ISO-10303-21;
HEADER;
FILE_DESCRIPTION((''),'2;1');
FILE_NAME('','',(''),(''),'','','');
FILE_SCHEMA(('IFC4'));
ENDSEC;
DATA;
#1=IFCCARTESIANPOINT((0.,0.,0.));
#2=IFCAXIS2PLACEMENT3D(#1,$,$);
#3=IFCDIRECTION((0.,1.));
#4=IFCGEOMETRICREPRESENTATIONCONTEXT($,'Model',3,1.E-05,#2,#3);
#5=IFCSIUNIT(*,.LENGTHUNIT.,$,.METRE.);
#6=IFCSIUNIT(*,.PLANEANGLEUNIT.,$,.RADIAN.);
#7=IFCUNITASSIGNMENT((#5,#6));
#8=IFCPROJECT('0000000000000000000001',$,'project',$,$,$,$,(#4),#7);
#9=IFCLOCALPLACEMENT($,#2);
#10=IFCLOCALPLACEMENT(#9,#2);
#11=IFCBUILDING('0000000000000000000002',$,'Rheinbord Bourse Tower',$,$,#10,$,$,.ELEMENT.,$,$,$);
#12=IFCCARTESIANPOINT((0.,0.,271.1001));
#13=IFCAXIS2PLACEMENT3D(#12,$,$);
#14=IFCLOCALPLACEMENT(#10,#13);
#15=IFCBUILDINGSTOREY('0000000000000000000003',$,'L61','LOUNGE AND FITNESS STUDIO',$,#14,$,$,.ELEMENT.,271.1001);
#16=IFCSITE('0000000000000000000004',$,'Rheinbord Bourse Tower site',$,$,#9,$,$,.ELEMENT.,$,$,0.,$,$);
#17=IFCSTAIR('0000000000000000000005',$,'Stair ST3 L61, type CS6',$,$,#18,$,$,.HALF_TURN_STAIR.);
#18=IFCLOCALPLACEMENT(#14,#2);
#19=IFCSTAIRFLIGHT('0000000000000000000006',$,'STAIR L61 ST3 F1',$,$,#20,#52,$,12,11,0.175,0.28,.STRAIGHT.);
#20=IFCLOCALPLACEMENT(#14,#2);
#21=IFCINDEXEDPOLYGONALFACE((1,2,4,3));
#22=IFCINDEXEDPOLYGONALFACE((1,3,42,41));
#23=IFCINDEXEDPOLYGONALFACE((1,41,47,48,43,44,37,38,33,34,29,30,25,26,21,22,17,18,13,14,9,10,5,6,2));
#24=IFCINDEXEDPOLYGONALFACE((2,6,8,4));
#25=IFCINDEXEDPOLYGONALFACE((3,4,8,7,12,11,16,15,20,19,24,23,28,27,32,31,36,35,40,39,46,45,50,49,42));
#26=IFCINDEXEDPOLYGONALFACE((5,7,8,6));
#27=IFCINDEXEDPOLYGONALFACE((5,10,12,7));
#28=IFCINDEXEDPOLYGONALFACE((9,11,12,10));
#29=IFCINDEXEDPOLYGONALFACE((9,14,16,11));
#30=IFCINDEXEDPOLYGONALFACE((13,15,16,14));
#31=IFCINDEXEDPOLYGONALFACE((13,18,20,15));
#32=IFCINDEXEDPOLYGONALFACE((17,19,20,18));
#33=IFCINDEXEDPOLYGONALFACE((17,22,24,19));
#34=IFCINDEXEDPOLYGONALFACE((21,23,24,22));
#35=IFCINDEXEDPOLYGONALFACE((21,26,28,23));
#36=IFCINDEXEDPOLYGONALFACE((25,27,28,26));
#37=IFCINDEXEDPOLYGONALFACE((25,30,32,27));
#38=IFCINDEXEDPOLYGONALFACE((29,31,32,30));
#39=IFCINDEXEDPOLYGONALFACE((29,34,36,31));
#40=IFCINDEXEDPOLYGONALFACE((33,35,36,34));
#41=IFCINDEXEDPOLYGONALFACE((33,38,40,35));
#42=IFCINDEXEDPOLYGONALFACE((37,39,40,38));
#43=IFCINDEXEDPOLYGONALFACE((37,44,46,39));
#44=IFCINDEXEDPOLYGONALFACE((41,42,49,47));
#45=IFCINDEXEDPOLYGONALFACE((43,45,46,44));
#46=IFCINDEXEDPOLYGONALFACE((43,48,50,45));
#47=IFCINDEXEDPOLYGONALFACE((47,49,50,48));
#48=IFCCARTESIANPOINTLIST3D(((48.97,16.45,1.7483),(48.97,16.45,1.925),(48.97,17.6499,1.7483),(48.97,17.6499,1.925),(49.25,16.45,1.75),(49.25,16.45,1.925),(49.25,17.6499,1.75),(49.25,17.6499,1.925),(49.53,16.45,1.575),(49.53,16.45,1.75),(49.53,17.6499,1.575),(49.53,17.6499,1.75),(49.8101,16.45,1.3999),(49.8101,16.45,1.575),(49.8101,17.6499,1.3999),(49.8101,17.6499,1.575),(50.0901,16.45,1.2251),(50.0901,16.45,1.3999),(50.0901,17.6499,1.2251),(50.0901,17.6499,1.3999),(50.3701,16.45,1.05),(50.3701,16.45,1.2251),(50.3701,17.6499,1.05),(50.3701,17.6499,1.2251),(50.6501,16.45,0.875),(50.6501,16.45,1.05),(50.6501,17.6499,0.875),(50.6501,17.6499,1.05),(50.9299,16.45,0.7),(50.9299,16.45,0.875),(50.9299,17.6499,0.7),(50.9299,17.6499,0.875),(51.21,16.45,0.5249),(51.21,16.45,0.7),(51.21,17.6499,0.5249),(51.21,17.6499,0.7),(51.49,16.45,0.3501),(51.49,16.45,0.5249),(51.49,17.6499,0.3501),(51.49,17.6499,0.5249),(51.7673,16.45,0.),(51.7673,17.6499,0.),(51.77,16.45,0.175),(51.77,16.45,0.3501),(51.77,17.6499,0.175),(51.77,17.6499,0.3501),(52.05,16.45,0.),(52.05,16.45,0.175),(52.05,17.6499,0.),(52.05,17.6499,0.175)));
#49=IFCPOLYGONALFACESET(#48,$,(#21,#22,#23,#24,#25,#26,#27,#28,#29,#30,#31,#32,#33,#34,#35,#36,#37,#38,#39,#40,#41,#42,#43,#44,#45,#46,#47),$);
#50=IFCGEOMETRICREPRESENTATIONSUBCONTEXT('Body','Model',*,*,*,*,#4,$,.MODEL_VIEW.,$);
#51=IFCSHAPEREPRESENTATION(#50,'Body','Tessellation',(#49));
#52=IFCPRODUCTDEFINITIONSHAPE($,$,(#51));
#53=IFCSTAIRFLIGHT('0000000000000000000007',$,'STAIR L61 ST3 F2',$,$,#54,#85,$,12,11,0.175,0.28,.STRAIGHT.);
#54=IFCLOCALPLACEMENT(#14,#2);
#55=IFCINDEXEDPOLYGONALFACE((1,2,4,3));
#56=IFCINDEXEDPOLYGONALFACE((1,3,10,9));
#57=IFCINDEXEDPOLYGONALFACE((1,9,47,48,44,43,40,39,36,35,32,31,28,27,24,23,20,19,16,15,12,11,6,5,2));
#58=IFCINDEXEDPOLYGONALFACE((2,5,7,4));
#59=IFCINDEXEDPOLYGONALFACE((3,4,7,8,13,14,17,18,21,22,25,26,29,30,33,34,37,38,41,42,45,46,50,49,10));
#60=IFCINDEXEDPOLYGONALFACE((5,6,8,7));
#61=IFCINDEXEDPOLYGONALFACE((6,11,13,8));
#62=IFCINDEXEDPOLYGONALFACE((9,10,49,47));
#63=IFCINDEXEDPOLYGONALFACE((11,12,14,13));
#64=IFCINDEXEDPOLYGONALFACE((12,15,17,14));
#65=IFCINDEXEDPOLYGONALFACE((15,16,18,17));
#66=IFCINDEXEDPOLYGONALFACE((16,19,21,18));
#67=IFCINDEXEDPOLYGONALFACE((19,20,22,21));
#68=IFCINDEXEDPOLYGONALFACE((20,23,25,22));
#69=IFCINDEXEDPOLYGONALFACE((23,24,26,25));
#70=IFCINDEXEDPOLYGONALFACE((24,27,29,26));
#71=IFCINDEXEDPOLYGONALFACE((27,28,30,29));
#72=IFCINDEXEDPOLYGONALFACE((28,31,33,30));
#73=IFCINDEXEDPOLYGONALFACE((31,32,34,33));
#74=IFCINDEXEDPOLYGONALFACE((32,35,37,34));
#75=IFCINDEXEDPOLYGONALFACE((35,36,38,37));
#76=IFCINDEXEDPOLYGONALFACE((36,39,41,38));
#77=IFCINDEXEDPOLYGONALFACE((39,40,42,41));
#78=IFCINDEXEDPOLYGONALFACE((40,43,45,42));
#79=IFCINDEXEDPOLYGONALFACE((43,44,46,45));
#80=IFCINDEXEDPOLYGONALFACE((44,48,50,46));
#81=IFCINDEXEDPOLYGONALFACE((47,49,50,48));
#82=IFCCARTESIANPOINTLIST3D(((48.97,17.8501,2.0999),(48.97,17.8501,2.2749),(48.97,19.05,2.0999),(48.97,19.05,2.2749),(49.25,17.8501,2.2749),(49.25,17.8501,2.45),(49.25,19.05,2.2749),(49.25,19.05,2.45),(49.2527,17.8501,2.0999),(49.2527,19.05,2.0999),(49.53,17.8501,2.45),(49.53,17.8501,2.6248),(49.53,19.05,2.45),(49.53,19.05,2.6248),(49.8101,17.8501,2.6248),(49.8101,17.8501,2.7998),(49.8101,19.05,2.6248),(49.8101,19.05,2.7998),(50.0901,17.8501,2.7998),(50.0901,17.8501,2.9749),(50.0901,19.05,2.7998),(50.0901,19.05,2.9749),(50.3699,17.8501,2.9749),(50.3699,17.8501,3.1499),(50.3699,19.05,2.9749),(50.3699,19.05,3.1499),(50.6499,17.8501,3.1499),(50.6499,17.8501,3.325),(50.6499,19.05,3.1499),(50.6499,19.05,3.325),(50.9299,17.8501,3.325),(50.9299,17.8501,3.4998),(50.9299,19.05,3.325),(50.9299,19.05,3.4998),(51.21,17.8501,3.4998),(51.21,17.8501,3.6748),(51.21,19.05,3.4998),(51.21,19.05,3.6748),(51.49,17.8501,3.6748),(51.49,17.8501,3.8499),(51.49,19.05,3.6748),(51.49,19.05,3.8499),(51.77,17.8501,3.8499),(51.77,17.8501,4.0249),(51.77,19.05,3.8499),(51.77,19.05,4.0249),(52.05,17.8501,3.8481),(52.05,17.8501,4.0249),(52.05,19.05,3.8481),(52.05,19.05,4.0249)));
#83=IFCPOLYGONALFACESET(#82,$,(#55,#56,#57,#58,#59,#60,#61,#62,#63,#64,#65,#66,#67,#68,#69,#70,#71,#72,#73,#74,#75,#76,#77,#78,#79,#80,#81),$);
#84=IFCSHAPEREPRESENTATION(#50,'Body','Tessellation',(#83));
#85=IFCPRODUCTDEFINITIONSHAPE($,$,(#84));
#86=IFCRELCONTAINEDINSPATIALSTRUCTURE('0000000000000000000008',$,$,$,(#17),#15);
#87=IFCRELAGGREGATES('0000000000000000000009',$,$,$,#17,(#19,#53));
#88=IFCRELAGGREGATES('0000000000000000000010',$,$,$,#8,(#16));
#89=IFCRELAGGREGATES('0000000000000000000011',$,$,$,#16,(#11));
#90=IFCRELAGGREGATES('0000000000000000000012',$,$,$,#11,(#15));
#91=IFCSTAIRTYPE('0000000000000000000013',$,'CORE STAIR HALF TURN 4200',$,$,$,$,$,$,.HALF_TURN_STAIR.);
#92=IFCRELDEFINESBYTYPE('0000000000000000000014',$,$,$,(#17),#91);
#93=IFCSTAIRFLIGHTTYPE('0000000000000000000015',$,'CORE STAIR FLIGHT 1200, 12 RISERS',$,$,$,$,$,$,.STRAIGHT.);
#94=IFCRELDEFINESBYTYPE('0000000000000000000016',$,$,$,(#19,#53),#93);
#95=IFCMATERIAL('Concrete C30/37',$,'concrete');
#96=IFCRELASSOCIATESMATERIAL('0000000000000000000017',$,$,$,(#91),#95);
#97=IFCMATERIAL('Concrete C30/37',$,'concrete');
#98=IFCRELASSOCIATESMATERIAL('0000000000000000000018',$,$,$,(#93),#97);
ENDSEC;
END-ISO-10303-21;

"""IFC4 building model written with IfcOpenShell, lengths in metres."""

from ifc_helpers import new_model, si_unit, direction, frame, origin, place, context, subcontext, project, spatial, polyline, outline, extrude, material, type_object, element, aggregate, save


model = new_model("IFC4")

# Units and contexts
model_context = context("Model", 3, precision=1e-05, world=origin(), true_north=direction((0.0, 1.0)))
body_context = subcontext(model_context, "Body", "Model", "MODEL_VIEW")
ifc_project = project(units=[si_unit("LENGTHUNIT", "METRE"), si_unit("PLANEANGLEUNIT", "RADIAN")], contexts=[model_context])

# Site, building, storey
site_placement = place(None, origin())
site = spatial("IfcSite", under=ifc_project, at=site_placement, Name="Rheinbord Bourse Tower site", CompositionType="ELEMENT", RefElevation=0.0)
building_placement = place(site_placement, origin())
building = spatial("IfcBuilding", under=site, at=building_placement, Name="Rheinbord Bourse Tower", CompositionType="ELEMENT")
storey_placement = place(building_placement, frame((0.0, 0.0, 271.1001)))
storey = spatial("IfcBuildingStorey", under=building, at=storey_placement, Name="L61", Description="LOUNGE AND FITNESS STUDIO", CompositionType="ELEMENT", Elevation=271.1001)

# Stair, stair flights
ifc_material_1 = material(Name="Concrete C30/37", Category="concrete")
stair_type = type_object("IfcStairType", Name="CORE STAIR HALF TURN 4200", PredefinedType="HALF_TURN_STAIR", material=ifc_material_1)
stair_placement = place(storey_placement, origin())
stair = element("IfcStair", 1, at=stair_placement, inside=storey, type_object=stair_type, Name="Stair ST3 L61, type CS6", PredefinedType="HALF_TURN_STAIR")
ifc_material_2 = material(Name="Concrete C30/37", Category="concrete")
stair_flight_type = type_object("IfcStairFlightType", Name="CORE STAIR FLIGHT 1200, 12 RISERS", PredefinedType="STRAIGHT", material=ifc_material_2)
stair_flight_1_placement = place(storey_placement, frame((52.05, 17.05, 0.0), z_axis=(0.0, 0.0, 1.0), x_axis=(-1.0, 0.0, 0.0)))
stair_flight_1 = element("IfcStairFlight", 2, at=stair_flight_1_placement, type_object=stair_flight_type, Name="STAIR L61 ST3 F1", NumberOfRisers=12, NumberOfTreads=11, PredefinedType="STRAIGHT", RiserHeight=0.175, TreadLength=0.28, context=body_context, shape_type="SweptSolid", body=[
    extrude(outline(polyline([(0.0, 0.0), (0.0, 0.175), (0.28, 0.175), (0.28, 0.3501), (0.5601, 0.3501), (0.5601, 0.5249), (0.8401, 0.5249), (0.8401, 0.7), (1.1201, 0.7), (1.1201, 0.875), (1.3999, 0.875), (1.3999, 1.05), (1.6799, 1.05), (1.6799, 1.2251), (1.96, 1.2251), (1.96, 1.3999), (2.24, 1.3999), (2.24, 1.575), (2.52, 1.575), (2.52, 1.75), (2.8, 1.75), (2.8, 1.925), (3.0801, 1.925), (3.0801, 2.1001), (3.0801, 1.7483), (0.2827, 0.0), (0.0, 0.0)])), frame((0.0, 0.6001, 0.0), z_axis=(0.0, -1.0, 0.0), x_axis=(1.0, 0.0, 0.0)), (0.0, 0.0, 1.0), 1.2),
])
stair_flight_2_placement = place(storey_placement, frame((48.97, 18.45, 2.0999), z_axis=(0.0, 0.0, 1.0), x_axis=(1.0, 0.0, 0.0)))
stair_flight_2 = element("IfcStairFlight", 3, at=stair_flight_2_placement, type_object=stair_flight_type, Name="STAIR L61 ST3 F2", NumberOfRisers=12, NumberOfTreads=11, PredefinedType="STRAIGHT", RiserHeight=0.175, TreadLength=0.28, context=body_context, shape_type="SweptSolid", body=[
    extrude(outline(polyline([(0.0, 0.0), (0.0, 0.175), (0.28, 0.175), (0.28, 0.3501), (0.5601, 0.3501), (0.5601, 0.5249), (0.8401, 0.5249), (0.8401, 0.7), (1.1201, 0.7), (1.1201, 0.875), (1.3999, 0.875), (1.3999, 1.05), (1.6799, 1.05), (1.6799, 1.2251), (1.96, 1.2251), (1.96, 1.3999), (2.24, 1.3999), (2.24, 1.575), (2.52, 1.575), (2.52, 1.75), (2.8, 1.75), (2.8, 1.925), (3.0801, 1.925), (3.0801, 2.1001), (3.0801, 1.7483), (0.2827, 0.0), (0.0, 0.0)])), frame((0.0, 0.6001, 0.0), z_axis=(0.0, -1.0, 0.0), x_axis=(1.0, 0.0, 0.0)), (0.0, 0.0, 1.0), 1.2),
])
aggregate(stair, [stair_flight_1, stair_flight_2])

save(model, "model.ifc")
